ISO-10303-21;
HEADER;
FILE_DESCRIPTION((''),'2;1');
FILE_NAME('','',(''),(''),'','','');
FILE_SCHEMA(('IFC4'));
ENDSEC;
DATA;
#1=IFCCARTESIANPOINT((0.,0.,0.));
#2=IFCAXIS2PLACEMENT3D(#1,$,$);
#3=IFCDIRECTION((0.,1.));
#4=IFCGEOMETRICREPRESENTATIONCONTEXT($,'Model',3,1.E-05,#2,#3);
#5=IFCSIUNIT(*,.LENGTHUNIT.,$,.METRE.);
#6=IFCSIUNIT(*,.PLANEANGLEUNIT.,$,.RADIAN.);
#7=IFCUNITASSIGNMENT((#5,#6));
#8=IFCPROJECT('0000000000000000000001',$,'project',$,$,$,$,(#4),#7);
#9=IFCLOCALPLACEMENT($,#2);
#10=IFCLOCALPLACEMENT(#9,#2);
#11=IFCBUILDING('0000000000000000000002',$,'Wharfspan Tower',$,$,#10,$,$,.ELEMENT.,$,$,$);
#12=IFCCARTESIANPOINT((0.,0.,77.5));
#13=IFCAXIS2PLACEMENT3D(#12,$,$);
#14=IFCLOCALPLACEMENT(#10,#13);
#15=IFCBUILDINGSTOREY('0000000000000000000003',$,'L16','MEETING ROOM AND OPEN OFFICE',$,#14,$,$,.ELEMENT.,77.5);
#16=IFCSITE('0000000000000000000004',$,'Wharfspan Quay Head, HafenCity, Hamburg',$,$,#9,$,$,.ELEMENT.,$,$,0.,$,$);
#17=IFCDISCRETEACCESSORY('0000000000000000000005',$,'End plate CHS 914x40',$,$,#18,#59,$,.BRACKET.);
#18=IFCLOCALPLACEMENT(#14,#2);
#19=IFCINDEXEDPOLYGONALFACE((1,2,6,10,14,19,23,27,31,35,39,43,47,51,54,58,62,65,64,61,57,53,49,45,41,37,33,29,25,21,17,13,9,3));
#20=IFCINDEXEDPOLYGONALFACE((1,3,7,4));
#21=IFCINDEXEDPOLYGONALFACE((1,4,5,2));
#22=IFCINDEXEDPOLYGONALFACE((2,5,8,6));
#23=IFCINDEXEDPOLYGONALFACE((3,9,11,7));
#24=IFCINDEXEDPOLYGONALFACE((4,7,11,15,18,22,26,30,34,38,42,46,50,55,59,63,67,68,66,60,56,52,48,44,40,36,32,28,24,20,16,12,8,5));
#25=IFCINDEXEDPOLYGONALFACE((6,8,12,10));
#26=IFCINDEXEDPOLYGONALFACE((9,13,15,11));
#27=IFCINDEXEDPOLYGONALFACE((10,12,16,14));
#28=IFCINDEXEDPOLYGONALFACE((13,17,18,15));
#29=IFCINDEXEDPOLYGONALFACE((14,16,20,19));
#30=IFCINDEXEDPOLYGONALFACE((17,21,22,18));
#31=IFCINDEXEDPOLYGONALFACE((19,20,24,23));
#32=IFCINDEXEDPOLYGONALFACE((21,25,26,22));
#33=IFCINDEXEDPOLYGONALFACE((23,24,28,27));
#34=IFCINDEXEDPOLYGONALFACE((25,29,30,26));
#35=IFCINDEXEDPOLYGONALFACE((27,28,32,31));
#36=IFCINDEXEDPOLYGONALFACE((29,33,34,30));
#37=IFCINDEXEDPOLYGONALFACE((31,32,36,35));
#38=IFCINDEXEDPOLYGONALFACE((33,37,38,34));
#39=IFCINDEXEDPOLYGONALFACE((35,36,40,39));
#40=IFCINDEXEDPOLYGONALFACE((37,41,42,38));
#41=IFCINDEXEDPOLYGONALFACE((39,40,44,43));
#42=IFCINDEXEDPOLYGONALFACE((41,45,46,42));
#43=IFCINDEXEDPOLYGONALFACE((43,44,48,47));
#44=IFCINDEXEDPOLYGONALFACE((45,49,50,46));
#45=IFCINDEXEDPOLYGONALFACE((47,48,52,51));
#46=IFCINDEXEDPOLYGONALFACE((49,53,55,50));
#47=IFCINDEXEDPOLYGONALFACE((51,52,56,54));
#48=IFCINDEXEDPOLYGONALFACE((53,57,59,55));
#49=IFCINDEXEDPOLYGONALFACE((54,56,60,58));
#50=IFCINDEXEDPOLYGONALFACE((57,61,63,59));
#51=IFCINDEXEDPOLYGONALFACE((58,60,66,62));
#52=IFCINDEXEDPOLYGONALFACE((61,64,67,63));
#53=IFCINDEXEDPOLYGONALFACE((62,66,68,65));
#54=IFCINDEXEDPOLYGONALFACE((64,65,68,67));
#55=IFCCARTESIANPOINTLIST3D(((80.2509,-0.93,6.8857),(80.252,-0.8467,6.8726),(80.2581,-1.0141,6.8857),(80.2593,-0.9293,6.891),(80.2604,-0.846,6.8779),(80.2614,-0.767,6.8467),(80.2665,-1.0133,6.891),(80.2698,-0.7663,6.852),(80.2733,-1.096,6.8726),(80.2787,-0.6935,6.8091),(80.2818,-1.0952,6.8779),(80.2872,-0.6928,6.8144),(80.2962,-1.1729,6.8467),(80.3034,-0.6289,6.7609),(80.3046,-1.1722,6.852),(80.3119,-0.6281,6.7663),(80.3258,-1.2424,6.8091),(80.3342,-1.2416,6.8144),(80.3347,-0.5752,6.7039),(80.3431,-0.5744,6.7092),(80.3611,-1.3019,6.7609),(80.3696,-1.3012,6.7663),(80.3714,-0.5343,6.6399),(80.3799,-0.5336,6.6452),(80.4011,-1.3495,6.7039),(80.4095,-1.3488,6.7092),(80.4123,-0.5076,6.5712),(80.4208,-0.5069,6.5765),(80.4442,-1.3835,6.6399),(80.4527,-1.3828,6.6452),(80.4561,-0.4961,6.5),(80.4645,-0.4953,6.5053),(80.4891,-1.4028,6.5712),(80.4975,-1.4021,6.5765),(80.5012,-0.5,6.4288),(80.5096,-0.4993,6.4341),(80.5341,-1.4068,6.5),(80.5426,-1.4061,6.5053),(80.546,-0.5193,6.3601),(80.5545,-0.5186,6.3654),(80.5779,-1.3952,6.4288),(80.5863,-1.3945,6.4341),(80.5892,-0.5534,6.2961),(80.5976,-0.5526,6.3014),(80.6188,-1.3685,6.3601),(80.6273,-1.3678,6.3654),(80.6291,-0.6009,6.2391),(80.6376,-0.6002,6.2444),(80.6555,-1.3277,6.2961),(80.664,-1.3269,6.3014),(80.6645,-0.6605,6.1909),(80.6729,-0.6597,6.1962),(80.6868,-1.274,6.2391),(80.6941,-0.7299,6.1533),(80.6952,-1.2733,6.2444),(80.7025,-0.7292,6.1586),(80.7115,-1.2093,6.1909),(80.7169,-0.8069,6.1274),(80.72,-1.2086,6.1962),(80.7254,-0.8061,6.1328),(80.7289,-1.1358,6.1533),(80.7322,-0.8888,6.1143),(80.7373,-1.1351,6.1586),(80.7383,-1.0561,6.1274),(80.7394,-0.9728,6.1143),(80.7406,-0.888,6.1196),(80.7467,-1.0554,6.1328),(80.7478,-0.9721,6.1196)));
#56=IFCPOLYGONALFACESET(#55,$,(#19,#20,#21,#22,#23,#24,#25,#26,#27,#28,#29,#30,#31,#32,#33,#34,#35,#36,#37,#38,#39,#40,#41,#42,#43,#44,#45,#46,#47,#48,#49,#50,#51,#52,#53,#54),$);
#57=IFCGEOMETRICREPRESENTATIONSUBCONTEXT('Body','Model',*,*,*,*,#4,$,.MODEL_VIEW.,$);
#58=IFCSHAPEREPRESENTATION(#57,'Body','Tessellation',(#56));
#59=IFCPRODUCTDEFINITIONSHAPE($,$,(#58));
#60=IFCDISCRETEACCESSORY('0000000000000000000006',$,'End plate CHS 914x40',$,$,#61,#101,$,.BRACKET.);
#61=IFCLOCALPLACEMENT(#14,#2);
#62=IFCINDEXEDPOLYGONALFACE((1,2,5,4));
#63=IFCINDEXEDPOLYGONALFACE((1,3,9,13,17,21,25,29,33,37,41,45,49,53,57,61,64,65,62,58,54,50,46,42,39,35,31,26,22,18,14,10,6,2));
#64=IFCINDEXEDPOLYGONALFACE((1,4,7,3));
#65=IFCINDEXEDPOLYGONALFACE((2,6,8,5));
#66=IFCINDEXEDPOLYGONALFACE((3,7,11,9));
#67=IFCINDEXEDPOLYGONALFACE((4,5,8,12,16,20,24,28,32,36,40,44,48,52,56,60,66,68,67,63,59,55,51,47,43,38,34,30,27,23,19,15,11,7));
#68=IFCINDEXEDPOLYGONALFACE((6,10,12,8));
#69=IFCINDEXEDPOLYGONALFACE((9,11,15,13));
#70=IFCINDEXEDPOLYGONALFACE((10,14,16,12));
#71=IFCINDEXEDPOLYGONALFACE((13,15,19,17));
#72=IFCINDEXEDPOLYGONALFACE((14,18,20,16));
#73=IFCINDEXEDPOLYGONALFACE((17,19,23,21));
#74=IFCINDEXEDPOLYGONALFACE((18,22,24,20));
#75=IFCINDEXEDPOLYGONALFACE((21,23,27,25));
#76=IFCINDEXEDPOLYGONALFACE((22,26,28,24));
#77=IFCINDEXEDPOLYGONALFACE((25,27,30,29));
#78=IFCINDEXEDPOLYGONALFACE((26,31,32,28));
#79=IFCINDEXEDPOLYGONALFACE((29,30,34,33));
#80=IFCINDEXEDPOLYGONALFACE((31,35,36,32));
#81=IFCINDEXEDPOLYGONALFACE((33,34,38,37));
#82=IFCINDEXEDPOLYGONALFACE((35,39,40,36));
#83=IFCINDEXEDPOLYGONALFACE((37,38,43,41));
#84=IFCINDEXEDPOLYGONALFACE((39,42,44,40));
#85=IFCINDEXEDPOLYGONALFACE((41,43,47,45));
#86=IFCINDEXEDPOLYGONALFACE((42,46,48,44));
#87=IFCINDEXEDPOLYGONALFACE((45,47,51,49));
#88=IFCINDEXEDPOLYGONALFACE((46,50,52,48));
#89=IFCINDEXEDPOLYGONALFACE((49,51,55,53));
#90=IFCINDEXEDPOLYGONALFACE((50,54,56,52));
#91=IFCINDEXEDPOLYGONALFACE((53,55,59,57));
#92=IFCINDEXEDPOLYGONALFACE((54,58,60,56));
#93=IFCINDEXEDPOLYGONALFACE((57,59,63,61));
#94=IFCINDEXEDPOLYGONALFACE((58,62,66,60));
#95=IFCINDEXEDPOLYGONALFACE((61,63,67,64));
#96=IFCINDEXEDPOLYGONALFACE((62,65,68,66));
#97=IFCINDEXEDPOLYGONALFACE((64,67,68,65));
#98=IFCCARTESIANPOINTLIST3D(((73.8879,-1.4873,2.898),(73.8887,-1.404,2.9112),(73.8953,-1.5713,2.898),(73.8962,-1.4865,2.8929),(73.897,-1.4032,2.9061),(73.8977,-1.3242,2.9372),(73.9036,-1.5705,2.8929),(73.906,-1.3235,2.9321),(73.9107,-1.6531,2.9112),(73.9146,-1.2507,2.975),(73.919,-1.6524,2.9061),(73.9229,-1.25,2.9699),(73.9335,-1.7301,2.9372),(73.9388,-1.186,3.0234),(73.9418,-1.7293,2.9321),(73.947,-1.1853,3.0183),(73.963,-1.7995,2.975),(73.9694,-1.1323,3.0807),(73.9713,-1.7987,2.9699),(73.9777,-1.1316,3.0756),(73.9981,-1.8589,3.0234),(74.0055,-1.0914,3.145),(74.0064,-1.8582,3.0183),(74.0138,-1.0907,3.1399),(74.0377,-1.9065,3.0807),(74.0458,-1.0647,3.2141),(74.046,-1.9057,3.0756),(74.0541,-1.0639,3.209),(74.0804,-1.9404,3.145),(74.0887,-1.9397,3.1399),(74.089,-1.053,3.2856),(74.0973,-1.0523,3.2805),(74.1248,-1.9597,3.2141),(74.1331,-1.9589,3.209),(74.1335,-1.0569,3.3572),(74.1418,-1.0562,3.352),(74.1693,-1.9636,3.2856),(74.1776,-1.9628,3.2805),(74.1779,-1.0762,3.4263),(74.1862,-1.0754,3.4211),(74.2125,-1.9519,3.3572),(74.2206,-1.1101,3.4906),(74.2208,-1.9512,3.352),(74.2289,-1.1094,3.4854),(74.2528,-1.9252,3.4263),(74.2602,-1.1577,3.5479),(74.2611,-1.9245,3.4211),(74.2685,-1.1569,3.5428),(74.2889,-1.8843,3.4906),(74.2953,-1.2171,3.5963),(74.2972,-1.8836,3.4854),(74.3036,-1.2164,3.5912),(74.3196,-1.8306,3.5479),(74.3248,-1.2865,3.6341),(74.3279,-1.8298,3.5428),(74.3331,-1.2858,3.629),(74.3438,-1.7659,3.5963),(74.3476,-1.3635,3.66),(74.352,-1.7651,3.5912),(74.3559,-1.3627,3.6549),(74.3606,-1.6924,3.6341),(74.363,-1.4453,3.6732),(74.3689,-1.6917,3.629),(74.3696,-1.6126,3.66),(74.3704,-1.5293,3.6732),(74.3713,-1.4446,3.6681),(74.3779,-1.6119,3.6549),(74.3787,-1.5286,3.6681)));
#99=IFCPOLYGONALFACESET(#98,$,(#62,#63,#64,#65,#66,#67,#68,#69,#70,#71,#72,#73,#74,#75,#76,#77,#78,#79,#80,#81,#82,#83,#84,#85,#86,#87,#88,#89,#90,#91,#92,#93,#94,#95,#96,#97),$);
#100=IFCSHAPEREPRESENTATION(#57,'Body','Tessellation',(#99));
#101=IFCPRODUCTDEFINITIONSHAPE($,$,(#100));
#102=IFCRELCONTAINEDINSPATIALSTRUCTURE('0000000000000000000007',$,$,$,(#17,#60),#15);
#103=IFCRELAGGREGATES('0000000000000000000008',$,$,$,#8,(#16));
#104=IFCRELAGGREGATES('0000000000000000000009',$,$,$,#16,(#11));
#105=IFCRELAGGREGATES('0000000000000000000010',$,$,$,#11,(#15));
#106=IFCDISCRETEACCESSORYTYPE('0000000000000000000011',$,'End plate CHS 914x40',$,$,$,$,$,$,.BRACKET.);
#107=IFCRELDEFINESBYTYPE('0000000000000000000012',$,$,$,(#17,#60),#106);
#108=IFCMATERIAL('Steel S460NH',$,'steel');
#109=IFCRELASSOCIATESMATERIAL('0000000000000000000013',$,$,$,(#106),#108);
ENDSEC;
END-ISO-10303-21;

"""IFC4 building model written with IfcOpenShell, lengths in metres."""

from ifc_helpers import new_model, si_unit, direction, frame, origin, origin_2d, place, context, subcontext, project, spatial, circle, extrude, material, material_profile, profile_set, type_object, element, save


model = new_model("IFC4")

# Units and contexts
model_context = context("Model", 3, precision=1e-05, world=origin(), true_north=direction((0.0, 1.0)))
body_context = subcontext(model_context, "Body", "Model", "MODEL_VIEW")
ifc_project = project(units=[si_unit("LENGTHUNIT", "METRE"), si_unit("PLANEANGLEUNIT", "RADIAN")], contexts=[model_context])

# Site, building, storey
site_placement = place(None, origin())
site = spatial("IfcSite", under=ifc_project, at=site_placement, Name="Wharfspan Quay Head, HafenCity, Hamburg", CompositionType="ELEMENT", RefElevation=0.0)
building_placement = place(site_placement, origin())
building = spatial("IfcBuilding", under=site, at=building_placement, Name="Wharfspan Tower", CompositionType="ELEMENT")
storey_placement = place(building_placement, frame((0.0, 0.0, 77.5)))
storey = spatial("IfcBuildingStorey", under=building, at=storey_placement, Name="L16", Description="MEETING ROOM AND OPEN OFFICE", CompositionType="ELEMENT", Elevation=77.5)

# Shared definitions
ifc_material_1 = material(Name="Steel S460NH", Category="steel")

# Discrete accessories
ifc_material_profile_1 = material_profile(ifc_material_1, circle(Radius=0.457, at=origin_2d()))
ifc_profile_set_1 = profile_set([ifc_material_profile_1], Name="Steel S460NH")
discrete_accessory_type = type_object("IfcDiscreteAccessoryType", Name="End plate CHS 914x40", PredefinedType="BRACKET", material=ifc_profile_set_1)
for number, where, z_axis, x_axis, name in (
    (1, (80.4951, -0.9514, 6.5), (0.844416, 0.072379, 0.530776), (-0.085402, 0.99635, 0.0), "End plate CHS 914x40"),
):
    element("IfcDiscreteAccessory", number, at=place(storey_placement, frame(where, z_axis=z_axis, x_axis=x_axis)), inside=storey, type_object=discrete_accessory_type, Name=name, PredefinedType="BRACKET", context=body_context, shape_type="SweptSolid", body=[
        extrude(circle(Radius=0.457, at=origin_2d()), origin(), (0.0, 0.0, 1.0), 0.01),
    ])
discrete_accessory_placement = place(storey_placement, frame((74.1375, -1.5076, 3.2805), z_axis=(-0.848411, -0.07486, 0.524018), x_axis=(0.087893, -0.996132, -0.000002)))
element("IfcDiscreteAccessory", 2, at=discrete_accessory_placement, inside=storey, type_object=discrete_accessory_type, Name="End plate CHS 914x40", PredefinedType="BRACKET", context=body_context, shape_type="SweptSolid", body=[
    extrude(circle(Radius=0.457, at=origin_2d()), origin(), (0.0, 0.0, 1.0), 0.0098),
])

save(model, "model.ifc")
